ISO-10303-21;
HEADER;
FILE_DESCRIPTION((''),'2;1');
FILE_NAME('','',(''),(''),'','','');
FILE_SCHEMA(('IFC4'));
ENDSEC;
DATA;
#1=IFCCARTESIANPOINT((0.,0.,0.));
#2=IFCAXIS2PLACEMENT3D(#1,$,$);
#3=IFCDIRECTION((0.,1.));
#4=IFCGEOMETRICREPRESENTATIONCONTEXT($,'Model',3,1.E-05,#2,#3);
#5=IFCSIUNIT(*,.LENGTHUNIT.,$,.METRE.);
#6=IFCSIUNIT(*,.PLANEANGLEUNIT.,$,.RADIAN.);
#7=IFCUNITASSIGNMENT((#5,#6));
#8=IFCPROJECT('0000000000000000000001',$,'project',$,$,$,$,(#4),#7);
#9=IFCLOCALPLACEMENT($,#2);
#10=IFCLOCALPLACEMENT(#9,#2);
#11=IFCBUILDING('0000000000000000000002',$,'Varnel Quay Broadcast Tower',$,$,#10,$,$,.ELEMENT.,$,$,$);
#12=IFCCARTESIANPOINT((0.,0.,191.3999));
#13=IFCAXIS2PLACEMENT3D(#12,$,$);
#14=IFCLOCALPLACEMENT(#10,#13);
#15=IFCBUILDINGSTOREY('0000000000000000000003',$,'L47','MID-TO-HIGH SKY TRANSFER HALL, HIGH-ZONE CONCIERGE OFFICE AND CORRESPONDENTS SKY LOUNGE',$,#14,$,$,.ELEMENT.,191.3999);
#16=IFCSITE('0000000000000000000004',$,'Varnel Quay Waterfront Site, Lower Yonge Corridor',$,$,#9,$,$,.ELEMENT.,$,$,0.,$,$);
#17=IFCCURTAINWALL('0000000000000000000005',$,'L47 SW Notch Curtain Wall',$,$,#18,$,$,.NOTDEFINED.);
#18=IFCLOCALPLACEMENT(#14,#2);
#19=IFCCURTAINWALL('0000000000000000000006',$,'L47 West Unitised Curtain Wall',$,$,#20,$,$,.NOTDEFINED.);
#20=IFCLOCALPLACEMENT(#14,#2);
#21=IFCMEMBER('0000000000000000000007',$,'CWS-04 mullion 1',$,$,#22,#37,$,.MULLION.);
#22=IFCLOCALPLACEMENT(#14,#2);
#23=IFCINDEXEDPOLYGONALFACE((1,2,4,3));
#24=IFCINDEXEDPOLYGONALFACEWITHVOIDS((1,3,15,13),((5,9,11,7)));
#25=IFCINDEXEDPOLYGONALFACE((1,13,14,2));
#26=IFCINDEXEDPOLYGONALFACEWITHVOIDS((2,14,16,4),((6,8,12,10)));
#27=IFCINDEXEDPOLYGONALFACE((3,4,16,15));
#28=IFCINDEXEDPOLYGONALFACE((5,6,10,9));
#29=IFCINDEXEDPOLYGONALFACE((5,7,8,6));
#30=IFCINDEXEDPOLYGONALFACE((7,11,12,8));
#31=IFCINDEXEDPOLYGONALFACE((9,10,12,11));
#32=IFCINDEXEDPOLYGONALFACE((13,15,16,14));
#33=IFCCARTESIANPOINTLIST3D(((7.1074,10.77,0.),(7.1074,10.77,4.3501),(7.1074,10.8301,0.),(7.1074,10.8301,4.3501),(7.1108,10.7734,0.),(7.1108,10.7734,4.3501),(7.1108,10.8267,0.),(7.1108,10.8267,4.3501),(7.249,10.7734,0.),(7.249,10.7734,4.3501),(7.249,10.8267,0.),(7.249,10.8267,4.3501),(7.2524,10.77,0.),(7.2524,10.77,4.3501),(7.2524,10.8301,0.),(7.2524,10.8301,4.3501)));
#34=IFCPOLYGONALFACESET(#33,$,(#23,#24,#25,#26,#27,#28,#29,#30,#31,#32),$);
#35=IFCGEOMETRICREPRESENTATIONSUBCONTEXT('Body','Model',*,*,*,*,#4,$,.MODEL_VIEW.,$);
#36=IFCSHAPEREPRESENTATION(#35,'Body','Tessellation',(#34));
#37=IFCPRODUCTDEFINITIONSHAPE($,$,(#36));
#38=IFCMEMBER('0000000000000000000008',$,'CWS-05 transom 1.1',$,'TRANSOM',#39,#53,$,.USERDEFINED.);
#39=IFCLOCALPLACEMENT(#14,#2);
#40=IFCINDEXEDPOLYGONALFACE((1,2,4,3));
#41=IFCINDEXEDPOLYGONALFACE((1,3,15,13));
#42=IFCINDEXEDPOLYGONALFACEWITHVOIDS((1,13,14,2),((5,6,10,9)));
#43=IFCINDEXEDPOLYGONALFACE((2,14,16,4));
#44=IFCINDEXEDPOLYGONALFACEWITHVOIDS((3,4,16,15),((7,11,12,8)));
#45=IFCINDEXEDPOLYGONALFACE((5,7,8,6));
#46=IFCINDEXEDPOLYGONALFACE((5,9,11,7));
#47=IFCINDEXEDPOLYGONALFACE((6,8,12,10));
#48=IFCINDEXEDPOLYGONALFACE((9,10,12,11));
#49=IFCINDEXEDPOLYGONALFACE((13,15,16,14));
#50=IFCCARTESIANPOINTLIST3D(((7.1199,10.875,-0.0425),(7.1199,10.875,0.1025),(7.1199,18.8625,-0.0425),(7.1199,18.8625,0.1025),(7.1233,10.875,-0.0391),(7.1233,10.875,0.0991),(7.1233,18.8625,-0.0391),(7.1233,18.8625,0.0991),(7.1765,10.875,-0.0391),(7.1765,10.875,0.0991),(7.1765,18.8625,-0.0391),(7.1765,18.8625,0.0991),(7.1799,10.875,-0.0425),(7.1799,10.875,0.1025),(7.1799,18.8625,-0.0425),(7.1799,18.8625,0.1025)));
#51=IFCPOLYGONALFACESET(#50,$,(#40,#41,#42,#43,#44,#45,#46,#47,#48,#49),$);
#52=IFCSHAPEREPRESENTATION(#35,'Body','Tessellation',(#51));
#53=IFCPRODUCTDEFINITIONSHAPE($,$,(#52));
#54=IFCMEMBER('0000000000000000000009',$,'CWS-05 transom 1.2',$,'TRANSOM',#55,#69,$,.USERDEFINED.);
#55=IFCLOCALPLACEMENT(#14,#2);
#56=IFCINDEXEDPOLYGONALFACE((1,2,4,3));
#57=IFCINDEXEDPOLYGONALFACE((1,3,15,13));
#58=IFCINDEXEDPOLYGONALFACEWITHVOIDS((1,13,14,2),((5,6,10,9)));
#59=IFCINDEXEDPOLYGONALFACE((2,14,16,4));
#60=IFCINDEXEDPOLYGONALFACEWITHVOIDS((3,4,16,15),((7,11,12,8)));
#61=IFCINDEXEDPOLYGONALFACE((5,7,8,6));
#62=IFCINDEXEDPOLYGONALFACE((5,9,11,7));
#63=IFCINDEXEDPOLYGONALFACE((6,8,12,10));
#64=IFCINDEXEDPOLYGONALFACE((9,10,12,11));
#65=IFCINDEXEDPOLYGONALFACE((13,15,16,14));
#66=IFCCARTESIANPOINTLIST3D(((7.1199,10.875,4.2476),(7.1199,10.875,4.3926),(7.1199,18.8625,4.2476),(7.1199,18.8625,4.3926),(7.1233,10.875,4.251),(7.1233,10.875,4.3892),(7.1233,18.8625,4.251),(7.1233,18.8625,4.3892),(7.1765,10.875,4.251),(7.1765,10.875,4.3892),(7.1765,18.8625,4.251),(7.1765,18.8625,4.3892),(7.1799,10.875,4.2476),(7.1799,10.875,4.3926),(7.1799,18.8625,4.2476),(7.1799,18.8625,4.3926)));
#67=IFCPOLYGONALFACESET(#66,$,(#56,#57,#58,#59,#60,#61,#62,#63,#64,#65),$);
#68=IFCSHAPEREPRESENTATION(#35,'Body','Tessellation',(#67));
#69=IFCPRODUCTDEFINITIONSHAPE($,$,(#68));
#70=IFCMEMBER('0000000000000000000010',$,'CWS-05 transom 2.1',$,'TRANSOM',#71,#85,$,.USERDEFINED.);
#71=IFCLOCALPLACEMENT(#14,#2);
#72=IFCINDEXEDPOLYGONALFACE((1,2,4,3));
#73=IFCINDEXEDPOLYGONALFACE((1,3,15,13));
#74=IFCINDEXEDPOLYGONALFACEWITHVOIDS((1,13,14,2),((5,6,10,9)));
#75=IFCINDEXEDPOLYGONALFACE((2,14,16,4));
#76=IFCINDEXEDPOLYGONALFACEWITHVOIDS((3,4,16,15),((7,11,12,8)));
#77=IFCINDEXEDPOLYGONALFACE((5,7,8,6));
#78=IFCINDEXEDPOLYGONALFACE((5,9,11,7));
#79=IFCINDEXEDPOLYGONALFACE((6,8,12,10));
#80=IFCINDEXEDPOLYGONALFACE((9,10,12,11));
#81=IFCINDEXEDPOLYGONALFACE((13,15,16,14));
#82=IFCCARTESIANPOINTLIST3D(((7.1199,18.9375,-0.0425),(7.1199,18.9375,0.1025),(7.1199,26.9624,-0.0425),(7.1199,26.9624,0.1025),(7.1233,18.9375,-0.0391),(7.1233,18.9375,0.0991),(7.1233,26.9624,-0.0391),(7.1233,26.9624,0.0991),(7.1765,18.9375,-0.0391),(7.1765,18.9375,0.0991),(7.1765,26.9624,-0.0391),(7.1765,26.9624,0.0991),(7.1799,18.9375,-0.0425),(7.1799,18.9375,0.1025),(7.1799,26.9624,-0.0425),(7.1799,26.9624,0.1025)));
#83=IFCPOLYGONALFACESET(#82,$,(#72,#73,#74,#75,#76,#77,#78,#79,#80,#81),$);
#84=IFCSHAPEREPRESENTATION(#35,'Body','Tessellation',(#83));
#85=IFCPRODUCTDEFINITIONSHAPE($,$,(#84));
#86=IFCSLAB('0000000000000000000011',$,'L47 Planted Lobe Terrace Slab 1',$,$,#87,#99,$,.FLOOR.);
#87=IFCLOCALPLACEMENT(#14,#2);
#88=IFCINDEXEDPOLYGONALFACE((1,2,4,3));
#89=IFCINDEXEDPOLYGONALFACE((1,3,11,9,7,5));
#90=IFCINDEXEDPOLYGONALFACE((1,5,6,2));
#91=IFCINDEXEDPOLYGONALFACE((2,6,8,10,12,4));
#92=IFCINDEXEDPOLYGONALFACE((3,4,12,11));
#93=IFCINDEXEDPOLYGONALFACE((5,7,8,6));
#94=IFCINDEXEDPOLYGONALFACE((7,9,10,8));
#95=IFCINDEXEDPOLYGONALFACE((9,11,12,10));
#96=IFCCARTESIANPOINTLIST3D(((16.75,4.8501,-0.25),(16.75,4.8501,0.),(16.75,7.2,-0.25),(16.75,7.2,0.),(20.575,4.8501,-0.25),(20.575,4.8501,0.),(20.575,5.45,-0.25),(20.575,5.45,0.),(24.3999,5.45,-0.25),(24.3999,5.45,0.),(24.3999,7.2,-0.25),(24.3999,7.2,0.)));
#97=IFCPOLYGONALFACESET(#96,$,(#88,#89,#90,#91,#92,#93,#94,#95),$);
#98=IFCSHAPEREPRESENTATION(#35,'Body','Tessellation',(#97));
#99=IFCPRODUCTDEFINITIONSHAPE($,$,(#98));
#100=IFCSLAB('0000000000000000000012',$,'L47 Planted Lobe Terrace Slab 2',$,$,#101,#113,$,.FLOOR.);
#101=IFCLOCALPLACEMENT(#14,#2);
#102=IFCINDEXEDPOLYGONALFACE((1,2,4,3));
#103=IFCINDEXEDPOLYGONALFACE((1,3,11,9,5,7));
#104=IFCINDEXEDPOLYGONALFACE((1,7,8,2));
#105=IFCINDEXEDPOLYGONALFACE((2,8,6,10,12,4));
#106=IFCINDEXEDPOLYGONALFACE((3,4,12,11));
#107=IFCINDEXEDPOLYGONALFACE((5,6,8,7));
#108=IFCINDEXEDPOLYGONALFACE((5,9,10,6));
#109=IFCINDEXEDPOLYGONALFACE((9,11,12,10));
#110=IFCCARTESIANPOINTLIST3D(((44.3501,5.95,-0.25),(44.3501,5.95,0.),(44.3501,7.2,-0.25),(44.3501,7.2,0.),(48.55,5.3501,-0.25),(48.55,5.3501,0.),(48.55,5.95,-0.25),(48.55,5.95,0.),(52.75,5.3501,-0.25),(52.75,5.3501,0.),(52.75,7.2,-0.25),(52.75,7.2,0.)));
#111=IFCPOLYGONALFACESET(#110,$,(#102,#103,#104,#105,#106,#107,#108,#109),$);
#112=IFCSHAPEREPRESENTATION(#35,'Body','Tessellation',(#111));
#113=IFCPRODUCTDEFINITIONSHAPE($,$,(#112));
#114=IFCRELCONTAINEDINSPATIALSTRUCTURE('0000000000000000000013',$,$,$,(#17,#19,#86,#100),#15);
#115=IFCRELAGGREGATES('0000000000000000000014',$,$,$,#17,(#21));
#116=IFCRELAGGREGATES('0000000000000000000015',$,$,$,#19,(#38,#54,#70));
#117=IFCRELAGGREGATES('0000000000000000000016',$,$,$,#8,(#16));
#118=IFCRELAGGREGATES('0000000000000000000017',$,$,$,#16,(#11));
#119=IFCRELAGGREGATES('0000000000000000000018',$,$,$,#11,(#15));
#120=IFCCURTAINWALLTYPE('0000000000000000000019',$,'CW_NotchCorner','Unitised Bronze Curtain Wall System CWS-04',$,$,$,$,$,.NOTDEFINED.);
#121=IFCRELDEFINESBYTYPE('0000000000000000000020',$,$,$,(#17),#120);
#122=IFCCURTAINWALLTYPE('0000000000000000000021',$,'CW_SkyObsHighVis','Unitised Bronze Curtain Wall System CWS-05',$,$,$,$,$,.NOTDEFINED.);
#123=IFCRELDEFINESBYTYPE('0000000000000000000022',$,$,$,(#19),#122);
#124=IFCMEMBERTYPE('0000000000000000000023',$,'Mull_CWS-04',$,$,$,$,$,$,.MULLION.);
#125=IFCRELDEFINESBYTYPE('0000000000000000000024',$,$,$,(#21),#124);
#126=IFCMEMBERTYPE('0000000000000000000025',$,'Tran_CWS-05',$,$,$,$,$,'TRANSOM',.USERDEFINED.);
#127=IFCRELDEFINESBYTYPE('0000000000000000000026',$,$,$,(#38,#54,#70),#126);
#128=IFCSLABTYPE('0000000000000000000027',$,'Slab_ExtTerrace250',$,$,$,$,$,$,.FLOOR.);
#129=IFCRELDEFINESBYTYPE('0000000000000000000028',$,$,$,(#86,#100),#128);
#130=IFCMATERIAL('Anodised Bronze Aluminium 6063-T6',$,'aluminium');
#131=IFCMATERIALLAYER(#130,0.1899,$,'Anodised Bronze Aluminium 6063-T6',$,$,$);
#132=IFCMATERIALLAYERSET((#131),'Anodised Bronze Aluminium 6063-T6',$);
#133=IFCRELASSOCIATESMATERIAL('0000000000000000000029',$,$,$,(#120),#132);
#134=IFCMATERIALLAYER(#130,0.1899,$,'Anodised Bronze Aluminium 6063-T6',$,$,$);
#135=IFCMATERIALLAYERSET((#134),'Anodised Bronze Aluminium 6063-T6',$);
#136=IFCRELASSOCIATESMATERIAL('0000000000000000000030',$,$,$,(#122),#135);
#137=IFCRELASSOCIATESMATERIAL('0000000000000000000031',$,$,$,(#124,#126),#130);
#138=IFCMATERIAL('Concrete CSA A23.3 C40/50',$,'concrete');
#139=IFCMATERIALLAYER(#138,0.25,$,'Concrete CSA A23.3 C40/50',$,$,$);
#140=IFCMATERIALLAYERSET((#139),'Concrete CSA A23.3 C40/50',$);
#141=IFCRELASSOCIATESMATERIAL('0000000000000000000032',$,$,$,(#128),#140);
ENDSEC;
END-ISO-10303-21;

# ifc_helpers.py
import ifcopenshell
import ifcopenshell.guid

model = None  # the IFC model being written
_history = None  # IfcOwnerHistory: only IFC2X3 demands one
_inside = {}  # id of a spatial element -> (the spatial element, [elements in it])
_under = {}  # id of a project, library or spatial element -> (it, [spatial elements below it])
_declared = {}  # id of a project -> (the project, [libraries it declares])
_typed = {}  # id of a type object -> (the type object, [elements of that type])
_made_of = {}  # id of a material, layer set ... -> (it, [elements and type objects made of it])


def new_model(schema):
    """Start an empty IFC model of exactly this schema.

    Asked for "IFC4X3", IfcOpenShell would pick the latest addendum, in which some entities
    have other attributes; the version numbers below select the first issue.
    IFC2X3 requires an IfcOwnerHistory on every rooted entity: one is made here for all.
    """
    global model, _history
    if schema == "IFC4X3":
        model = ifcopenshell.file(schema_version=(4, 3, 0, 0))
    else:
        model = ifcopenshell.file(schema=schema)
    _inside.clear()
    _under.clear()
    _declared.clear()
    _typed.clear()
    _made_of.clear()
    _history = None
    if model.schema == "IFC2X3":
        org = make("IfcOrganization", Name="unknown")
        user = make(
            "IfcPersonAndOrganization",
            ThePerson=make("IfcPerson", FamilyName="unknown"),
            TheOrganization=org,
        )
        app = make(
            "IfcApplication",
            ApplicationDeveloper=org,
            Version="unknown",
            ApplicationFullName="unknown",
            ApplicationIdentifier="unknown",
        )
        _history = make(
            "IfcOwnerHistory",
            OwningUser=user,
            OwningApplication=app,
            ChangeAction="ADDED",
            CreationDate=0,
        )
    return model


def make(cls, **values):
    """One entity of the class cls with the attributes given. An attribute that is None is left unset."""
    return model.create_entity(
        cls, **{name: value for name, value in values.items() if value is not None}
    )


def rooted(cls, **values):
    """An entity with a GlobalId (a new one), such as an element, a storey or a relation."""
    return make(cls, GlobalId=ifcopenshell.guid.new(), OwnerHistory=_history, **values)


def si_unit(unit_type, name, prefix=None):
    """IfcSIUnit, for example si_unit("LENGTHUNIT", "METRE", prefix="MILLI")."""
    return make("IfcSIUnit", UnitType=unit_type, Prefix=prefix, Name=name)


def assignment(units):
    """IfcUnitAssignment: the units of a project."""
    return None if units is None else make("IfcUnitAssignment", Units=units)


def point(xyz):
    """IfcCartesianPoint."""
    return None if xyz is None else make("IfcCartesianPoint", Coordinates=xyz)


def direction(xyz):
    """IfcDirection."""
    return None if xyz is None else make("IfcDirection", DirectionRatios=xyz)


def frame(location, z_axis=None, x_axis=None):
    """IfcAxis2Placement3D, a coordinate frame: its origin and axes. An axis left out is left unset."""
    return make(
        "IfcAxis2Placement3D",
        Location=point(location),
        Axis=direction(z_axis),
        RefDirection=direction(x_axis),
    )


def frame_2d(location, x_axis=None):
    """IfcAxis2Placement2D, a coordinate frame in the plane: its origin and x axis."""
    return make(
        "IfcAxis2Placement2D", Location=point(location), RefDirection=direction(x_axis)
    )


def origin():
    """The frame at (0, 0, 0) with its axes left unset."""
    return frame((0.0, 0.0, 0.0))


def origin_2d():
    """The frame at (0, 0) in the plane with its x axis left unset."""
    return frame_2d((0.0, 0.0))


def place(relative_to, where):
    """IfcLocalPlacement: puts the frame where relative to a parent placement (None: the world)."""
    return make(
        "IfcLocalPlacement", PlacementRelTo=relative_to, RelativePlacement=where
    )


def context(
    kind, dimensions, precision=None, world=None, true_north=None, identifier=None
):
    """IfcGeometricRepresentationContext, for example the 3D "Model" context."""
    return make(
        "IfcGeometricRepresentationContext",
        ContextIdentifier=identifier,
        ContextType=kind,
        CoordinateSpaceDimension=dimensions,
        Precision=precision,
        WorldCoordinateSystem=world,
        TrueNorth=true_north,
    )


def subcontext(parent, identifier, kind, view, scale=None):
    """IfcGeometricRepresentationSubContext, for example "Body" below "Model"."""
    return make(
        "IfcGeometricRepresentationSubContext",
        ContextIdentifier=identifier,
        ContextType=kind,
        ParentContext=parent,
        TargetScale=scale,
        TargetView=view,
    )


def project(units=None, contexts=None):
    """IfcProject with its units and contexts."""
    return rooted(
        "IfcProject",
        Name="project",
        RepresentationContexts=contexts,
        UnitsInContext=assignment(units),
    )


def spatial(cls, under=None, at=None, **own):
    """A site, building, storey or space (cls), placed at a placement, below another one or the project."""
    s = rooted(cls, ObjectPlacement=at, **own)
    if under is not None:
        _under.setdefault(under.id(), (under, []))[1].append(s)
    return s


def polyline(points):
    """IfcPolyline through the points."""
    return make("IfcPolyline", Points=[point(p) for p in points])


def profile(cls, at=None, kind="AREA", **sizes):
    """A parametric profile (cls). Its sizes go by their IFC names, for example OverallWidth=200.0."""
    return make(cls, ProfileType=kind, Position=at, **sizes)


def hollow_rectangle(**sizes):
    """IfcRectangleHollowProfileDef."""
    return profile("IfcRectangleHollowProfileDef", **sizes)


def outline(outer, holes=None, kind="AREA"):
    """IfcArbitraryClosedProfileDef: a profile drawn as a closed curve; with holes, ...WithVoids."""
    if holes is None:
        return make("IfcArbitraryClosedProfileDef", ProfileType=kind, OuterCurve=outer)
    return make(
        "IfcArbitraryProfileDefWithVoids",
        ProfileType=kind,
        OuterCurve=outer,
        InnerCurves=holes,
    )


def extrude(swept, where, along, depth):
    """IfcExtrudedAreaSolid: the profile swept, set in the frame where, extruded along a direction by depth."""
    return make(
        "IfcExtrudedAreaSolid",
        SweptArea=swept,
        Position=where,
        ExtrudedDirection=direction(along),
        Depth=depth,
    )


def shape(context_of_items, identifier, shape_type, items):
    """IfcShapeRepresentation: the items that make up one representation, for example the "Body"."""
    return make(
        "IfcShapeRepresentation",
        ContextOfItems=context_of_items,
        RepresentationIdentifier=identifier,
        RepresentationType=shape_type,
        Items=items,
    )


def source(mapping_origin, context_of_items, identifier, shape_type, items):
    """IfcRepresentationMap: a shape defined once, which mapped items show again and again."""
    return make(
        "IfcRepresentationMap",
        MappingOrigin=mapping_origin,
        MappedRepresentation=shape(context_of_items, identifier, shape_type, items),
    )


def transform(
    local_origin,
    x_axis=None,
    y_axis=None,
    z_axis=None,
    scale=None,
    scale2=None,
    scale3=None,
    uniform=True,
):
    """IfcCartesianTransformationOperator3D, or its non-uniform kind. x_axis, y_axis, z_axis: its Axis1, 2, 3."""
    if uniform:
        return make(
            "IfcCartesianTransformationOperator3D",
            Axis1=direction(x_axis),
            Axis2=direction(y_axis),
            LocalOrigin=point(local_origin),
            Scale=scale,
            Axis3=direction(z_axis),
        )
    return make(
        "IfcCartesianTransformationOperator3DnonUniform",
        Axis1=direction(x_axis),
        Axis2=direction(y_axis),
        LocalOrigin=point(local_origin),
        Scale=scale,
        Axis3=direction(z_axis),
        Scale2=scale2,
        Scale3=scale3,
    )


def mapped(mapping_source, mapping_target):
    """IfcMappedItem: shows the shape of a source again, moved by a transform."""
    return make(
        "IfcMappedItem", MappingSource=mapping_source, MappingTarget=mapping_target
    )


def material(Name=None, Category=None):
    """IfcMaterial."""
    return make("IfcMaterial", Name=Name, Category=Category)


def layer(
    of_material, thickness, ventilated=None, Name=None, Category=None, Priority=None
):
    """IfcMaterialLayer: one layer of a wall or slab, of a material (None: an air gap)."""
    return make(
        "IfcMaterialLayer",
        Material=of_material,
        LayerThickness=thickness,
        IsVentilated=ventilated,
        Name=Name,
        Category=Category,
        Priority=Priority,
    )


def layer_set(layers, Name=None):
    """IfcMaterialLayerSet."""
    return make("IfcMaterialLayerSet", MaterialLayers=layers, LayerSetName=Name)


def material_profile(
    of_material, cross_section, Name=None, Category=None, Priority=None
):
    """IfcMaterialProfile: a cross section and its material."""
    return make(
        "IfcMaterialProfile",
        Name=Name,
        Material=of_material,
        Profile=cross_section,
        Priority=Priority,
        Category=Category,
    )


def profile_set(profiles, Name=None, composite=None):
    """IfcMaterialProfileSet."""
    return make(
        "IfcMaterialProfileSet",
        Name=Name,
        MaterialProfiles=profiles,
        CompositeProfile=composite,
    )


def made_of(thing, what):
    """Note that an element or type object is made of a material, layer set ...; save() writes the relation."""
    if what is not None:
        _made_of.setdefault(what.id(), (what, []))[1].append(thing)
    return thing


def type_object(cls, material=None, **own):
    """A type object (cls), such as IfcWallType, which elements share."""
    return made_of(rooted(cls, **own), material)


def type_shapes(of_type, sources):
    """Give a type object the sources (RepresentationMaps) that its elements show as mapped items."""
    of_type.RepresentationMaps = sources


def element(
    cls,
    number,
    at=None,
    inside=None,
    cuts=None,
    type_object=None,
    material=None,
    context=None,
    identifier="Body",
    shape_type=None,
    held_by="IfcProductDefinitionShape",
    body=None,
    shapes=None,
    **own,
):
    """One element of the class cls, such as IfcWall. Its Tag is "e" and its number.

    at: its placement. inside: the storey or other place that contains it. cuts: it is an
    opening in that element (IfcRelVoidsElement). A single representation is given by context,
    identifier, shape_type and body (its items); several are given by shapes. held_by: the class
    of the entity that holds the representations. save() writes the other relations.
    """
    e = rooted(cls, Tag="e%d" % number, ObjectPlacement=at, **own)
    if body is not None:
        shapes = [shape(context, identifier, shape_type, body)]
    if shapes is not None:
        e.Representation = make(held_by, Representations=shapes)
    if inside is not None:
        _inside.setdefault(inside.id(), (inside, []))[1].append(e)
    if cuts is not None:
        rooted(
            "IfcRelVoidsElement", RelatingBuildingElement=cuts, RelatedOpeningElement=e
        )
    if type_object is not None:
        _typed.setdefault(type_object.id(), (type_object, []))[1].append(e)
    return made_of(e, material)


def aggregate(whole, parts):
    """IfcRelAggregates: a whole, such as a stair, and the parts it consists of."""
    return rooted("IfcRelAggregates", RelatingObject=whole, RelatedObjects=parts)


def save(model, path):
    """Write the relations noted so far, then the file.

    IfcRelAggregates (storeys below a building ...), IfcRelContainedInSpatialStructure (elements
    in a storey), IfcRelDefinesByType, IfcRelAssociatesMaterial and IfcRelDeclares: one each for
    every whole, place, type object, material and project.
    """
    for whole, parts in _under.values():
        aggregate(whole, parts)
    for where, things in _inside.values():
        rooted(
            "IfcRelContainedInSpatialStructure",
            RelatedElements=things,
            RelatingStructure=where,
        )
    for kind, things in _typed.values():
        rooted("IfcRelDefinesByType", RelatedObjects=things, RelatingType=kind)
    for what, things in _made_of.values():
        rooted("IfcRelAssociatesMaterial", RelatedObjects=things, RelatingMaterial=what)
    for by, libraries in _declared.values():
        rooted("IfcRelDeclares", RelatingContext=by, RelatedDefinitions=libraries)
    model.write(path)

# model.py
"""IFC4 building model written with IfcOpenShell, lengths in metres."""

from ifc_helpers import new_model, si_unit, direction, frame, origin, origin_2d, place, context, subcontext, project, spatial, polyline, hollow_rectangle, outline, extrude, source, transform, mapped, material, layer, layer_set, material_profile, profile_set, type_object, type_shapes, element, aggregate, save


model = new_model("IFC4")

# Units and contexts
model_context = context("Model", 3, precision=1e-05, world=origin(), true_north=direction((0.0, 1.0)))
body_context = subcontext(model_context, "Body", "Model", "MODEL_VIEW")
ifc_project = project(units=[si_unit("LENGTHUNIT", "METRE"), si_unit("PLANEANGLEUNIT", "RADIAN")], contexts=[model_context])

# Site, building, storey
site_placement = place(None, origin())
site = spatial("IfcSite", under=ifc_project, at=site_placement, Name="Varnel Quay Waterfront Site, Lower Yonge Corridor", CompositionType="ELEMENT", RefElevation=0.0)
building_placement = place(site_placement, origin())
building = spatial("IfcBuilding", under=site, at=building_placement, Name="Varnel Quay Broadcast Tower", CompositionType="ELEMENT")
storey_placement = place(building_placement, frame((0.0, 0.0, 191.3999)))
storey = spatial("IfcBuildingStorey", under=building, at=storey_placement, Name="L47", Description="MID-TO-HIGH SKY TRANSFER HALL, HIGH-ZONE CONCIERGE OFFICE AND CORRESPONDENTS SKY LOUNGE", CompositionType="ELEMENT", Elevation=191.3999)

# Curtain walls
ifc_material_1 = material(Name="Anodised Bronze Aluminium 6063-T6", Category="aluminium")
ifc_layer_1 = layer(ifc_material_1, 0.1899, Name="Anodised Bronze Aluminium 6063-T6")
ifc_layer_set_1 = layer_set([ifc_layer_1], Name="Anodised Bronze Aluminium 6063-T6")
curtain_wall_type_1 = type_object("IfcCurtainWallType", Name="CW_NotchCorner", Description="Unitised Bronze Curtain Wall System CWS-04", PredefinedType="NOTDEFINED", material=ifc_layer_set_1)
curtain_wall_1_placement = place(storey_placement, origin())
curtain_wall_1 = element("IfcCurtainWall", 1, at=curtain_wall_1_placement, inside=storey, type_object=curtain_wall_type_1, Name="L47 SW Notch Curtain Wall", PredefinedType="NOTDEFINED")
ifc_layer_2 = layer(ifc_material_1, 0.1899, Name="Anodised Bronze Aluminium 6063-T6")
ifc_layer_set_2 = layer_set([ifc_layer_2], Name="Anodised Bronze Aluminium 6063-T6")
curtain_wall_type_2 = type_object("IfcCurtainWallType", Name="CW_SkyObsHighVis", Description="Unitised Bronze Curtain Wall System CWS-05", PredefinedType="NOTDEFINED", material=ifc_layer_set_2)
curtain_wall_2_placement = place(storey_placement, origin())
curtain_wall_2 = element("IfcCurtainWall", 2, at=curtain_wall_2_placement, inside=storey, type_object=curtain_wall_type_2, Name="L47 West Unitised Curtain Wall", PredefinedType="NOTDEFINED")

# Members
ifc_material_profile_1 = material_profile(ifc_material_1, hollow_rectangle(XDim=0.0601, YDim=0.145, WallThickness=0.0034, at=origin_2d()), Name="ALU60X145X3.5")
ifc_profile_set_1 = profile_set([ifc_material_profile_1], Name="Anodised Bronze Aluminium 6063-T6")
member_type_1 = type_object("IfcMemberType", Name="Mull_CWS-04", PredefinedType="MULLION", material=ifc_profile_set_1)
shared_shape_1 = source(origin(), body_context, "Body", "SweptSolid", [
    extrude(hollow_rectangle(XDim=0.0601, YDim=0.145, WallThickness=0.0034, at=origin_2d()), origin(), (0.0, 0.0, 1.0), 4.3501),
])
type_shapes(member_type_1, [shared_shape_1])
member_1_placement = place(storey_placement, frame((7.1799, 10.8, 0.0), z_axis=(0.0, 0.0, 1.0), x_axis=(0.0, 1.0, 0.0)))
member_1 = element("IfcMember", 3, at=member_1_placement, type_object=member_type_1, Name="CWS-04 mullion 1", PredefinedType="MULLION", context=body_context, shape_type="MappedRepresentation", body=[
    mapped(shared_shape_1, transform((0.0, 0.0, 0.0), x_axis=(1.0, 0.0, 0.0), y_axis=(0.0, 1.0, 0.0), z_axis=(0.0, 0.0, 1.0), scale=1.0)),
])
ifc_material_profile_2 = material_profile(ifc_material_1, hollow_rectangle(XDim=0.0601, YDim=0.145, WallThickness=0.0034, at=origin_2d()), Name="ALU60X145X3.5")
ifc_profile_set_2 = profile_set([ifc_material_profile_2], Name="Anodised Bronze Aluminium 6063-T6")
member_type_2 = type_object("IfcMemberType", Name="Tran_CWS-05", ElementType="TRANSOM", PredefinedType="USERDEFINED", material=ifc_profile_set_2)
shared_shape_2 = source(origin(), body_context, "Body", "SweptSolid", [
    extrude(hollow_rectangle(XDim=0.0601, YDim=0.145, WallThickness=0.0034, at=origin_2d()), origin(), (0.0, 0.0, 1.0), 7.9875),
])
member_2_placement = place(storey_placement, frame((7.1499, 10.875, 0.03), z_axis=(0.0, 1.0, 0.0), x_axis=(-1.0, 0.0, 0.0)))
member_2 = element("IfcMember", 4, at=member_2_placement, type_object=member_type_2, Name="CWS-05 transom 1.1", ObjectType="TRANSOM", PredefinedType="USERDEFINED", context=body_context, shape_type="MappedRepresentation", body=[
    mapped(shared_shape_2, transform((0.0, 0.0, 0.0), x_axis=(1.0, 0.0, 0.0), y_axis=(0.0, 1.0, 0.0), z_axis=(0.0, 0.0, 1.0), scale=1.0)),
])
member_3_placement = place(storey_placement, frame((7.1499, 10.875, 4.3201), z_axis=(0.0, 1.0, 0.0), x_axis=(-1.0, 0.0, 0.0)))
member_3 = element("IfcMember", 5, at=member_3_placement, type_object=member_type_2, Name="CWS-05 transom 1.2", ObjectType="TRANSOM", PredefinedType="USERDEFINED", context=body_context, shape_type="MappedRepresentation", body=[
    mapped(shared_shape_2, transform((0.0, 0.0, 0.0), x_axis=(1.0, 0.0, 0.0), y_axis=(0.0, 1.0, 0.0), z_axis=(0.0, 0.0, 1.0), scale=1.0)),
])
shared_shape_3 = source(origin(), body_context, "Body", "SweptSolid", [
    extrude(hollow_rectangle(XDim=0.0601, YDim=0.145, WallThickness=0.0034, at=origin_2d()), origin(), (0.0, 0.0, 1.0), 8.0249),
])
type_shapes(member_type_2, [shared_shape_2, shared_shape_3])
member_4_placement = place(storey_placement, frame((7.1499, 18.9375, 0.03), z_axis=(0.0, 1.0, 0.0), x_axis=(-1.0, 0.0, 0.0)))
member_4 = element("IfcMember", 6, at=member_4_placement, type_object=member_type_2, Name="CWS-05 transom 2.1", ObjectType="TRANSOM", PredefinedType="USERDEFINED", context=body_context, shape_type="MappedRepresentation", body=[
    mapped(shared_shape_3, transform((0.0, 0.0, 0.0), x_axis=(1.0, 0.0, 0.0), y_axis=(0.0, 1.0, 0.0), z_axis=(0.0, 0.0, 1.0), scale=1.0)),
])

# Slabs
ifc_material_2 = material(Name="Concrete CSA A23.3 C40/50", Category="concrete")
ifc_layer_3 = layer(ifc_material_2, 0.25, Name="Concrete CSA A23.3 C40/50")
ifc_layer_set_3 = layer_set([ifc_layer_3], Name="Concrete CSA A23.3 C40/50")
slab_type_1 = type_object("IfcSlabType", Name="Slab_ExtTerrace250", PredefinedType="FLOOR", material=ifc_layer_set_3)
slab_1_placement = place(storey_placement, frame((0.0, 0.0, -0.25)))
element("IfcSlab", 7, at=slab_1_placement, inside=storey, type_object=slab_type_1, Name="L47 Planted Lobe Terrace Slab 1", PredefinedType="FLOOR", context=body_context, shape_type="SweptSolid", body=[
    extrude(outline(polyline([(16.75, 4.8501), (20.575, 4.8501), (20.575, 5.45), (24.3999, 5.45), (24.3999, 7.2), (16.75, 7.2), (16.75, 4.8501)])), origin(), (0.0, 0.0, 1.0), 0.25),
])
slab_2_placement = place(storey_placement, frame((0.0, 0.0, -0.25)))
element("IfcSlab", 8, at=slab_2_placement, inside=storey, type_object=slab_type_1, Name="L47 Planted Lobe Terrace Slab 2", PredefinedType="FLOOR", context=body_context, shape_type="SweptSolid", body=[
    extrude(outline(polyline([(44.3501, 5.95), (48.55, 5.95), (48.55, 5.3501), (52.75, 5.3501), (52.75, 7.2), (44.3501, 7.2), (44.3501, 5.95)])), origin(), (0.0, 0.0, 1.0), 0.25),
])

aggregate(curtain_wall_1, [member_1])
aggregate(curtain_wall_2, [member_2, member_3, member_4])

save(model, "model.ifc")
